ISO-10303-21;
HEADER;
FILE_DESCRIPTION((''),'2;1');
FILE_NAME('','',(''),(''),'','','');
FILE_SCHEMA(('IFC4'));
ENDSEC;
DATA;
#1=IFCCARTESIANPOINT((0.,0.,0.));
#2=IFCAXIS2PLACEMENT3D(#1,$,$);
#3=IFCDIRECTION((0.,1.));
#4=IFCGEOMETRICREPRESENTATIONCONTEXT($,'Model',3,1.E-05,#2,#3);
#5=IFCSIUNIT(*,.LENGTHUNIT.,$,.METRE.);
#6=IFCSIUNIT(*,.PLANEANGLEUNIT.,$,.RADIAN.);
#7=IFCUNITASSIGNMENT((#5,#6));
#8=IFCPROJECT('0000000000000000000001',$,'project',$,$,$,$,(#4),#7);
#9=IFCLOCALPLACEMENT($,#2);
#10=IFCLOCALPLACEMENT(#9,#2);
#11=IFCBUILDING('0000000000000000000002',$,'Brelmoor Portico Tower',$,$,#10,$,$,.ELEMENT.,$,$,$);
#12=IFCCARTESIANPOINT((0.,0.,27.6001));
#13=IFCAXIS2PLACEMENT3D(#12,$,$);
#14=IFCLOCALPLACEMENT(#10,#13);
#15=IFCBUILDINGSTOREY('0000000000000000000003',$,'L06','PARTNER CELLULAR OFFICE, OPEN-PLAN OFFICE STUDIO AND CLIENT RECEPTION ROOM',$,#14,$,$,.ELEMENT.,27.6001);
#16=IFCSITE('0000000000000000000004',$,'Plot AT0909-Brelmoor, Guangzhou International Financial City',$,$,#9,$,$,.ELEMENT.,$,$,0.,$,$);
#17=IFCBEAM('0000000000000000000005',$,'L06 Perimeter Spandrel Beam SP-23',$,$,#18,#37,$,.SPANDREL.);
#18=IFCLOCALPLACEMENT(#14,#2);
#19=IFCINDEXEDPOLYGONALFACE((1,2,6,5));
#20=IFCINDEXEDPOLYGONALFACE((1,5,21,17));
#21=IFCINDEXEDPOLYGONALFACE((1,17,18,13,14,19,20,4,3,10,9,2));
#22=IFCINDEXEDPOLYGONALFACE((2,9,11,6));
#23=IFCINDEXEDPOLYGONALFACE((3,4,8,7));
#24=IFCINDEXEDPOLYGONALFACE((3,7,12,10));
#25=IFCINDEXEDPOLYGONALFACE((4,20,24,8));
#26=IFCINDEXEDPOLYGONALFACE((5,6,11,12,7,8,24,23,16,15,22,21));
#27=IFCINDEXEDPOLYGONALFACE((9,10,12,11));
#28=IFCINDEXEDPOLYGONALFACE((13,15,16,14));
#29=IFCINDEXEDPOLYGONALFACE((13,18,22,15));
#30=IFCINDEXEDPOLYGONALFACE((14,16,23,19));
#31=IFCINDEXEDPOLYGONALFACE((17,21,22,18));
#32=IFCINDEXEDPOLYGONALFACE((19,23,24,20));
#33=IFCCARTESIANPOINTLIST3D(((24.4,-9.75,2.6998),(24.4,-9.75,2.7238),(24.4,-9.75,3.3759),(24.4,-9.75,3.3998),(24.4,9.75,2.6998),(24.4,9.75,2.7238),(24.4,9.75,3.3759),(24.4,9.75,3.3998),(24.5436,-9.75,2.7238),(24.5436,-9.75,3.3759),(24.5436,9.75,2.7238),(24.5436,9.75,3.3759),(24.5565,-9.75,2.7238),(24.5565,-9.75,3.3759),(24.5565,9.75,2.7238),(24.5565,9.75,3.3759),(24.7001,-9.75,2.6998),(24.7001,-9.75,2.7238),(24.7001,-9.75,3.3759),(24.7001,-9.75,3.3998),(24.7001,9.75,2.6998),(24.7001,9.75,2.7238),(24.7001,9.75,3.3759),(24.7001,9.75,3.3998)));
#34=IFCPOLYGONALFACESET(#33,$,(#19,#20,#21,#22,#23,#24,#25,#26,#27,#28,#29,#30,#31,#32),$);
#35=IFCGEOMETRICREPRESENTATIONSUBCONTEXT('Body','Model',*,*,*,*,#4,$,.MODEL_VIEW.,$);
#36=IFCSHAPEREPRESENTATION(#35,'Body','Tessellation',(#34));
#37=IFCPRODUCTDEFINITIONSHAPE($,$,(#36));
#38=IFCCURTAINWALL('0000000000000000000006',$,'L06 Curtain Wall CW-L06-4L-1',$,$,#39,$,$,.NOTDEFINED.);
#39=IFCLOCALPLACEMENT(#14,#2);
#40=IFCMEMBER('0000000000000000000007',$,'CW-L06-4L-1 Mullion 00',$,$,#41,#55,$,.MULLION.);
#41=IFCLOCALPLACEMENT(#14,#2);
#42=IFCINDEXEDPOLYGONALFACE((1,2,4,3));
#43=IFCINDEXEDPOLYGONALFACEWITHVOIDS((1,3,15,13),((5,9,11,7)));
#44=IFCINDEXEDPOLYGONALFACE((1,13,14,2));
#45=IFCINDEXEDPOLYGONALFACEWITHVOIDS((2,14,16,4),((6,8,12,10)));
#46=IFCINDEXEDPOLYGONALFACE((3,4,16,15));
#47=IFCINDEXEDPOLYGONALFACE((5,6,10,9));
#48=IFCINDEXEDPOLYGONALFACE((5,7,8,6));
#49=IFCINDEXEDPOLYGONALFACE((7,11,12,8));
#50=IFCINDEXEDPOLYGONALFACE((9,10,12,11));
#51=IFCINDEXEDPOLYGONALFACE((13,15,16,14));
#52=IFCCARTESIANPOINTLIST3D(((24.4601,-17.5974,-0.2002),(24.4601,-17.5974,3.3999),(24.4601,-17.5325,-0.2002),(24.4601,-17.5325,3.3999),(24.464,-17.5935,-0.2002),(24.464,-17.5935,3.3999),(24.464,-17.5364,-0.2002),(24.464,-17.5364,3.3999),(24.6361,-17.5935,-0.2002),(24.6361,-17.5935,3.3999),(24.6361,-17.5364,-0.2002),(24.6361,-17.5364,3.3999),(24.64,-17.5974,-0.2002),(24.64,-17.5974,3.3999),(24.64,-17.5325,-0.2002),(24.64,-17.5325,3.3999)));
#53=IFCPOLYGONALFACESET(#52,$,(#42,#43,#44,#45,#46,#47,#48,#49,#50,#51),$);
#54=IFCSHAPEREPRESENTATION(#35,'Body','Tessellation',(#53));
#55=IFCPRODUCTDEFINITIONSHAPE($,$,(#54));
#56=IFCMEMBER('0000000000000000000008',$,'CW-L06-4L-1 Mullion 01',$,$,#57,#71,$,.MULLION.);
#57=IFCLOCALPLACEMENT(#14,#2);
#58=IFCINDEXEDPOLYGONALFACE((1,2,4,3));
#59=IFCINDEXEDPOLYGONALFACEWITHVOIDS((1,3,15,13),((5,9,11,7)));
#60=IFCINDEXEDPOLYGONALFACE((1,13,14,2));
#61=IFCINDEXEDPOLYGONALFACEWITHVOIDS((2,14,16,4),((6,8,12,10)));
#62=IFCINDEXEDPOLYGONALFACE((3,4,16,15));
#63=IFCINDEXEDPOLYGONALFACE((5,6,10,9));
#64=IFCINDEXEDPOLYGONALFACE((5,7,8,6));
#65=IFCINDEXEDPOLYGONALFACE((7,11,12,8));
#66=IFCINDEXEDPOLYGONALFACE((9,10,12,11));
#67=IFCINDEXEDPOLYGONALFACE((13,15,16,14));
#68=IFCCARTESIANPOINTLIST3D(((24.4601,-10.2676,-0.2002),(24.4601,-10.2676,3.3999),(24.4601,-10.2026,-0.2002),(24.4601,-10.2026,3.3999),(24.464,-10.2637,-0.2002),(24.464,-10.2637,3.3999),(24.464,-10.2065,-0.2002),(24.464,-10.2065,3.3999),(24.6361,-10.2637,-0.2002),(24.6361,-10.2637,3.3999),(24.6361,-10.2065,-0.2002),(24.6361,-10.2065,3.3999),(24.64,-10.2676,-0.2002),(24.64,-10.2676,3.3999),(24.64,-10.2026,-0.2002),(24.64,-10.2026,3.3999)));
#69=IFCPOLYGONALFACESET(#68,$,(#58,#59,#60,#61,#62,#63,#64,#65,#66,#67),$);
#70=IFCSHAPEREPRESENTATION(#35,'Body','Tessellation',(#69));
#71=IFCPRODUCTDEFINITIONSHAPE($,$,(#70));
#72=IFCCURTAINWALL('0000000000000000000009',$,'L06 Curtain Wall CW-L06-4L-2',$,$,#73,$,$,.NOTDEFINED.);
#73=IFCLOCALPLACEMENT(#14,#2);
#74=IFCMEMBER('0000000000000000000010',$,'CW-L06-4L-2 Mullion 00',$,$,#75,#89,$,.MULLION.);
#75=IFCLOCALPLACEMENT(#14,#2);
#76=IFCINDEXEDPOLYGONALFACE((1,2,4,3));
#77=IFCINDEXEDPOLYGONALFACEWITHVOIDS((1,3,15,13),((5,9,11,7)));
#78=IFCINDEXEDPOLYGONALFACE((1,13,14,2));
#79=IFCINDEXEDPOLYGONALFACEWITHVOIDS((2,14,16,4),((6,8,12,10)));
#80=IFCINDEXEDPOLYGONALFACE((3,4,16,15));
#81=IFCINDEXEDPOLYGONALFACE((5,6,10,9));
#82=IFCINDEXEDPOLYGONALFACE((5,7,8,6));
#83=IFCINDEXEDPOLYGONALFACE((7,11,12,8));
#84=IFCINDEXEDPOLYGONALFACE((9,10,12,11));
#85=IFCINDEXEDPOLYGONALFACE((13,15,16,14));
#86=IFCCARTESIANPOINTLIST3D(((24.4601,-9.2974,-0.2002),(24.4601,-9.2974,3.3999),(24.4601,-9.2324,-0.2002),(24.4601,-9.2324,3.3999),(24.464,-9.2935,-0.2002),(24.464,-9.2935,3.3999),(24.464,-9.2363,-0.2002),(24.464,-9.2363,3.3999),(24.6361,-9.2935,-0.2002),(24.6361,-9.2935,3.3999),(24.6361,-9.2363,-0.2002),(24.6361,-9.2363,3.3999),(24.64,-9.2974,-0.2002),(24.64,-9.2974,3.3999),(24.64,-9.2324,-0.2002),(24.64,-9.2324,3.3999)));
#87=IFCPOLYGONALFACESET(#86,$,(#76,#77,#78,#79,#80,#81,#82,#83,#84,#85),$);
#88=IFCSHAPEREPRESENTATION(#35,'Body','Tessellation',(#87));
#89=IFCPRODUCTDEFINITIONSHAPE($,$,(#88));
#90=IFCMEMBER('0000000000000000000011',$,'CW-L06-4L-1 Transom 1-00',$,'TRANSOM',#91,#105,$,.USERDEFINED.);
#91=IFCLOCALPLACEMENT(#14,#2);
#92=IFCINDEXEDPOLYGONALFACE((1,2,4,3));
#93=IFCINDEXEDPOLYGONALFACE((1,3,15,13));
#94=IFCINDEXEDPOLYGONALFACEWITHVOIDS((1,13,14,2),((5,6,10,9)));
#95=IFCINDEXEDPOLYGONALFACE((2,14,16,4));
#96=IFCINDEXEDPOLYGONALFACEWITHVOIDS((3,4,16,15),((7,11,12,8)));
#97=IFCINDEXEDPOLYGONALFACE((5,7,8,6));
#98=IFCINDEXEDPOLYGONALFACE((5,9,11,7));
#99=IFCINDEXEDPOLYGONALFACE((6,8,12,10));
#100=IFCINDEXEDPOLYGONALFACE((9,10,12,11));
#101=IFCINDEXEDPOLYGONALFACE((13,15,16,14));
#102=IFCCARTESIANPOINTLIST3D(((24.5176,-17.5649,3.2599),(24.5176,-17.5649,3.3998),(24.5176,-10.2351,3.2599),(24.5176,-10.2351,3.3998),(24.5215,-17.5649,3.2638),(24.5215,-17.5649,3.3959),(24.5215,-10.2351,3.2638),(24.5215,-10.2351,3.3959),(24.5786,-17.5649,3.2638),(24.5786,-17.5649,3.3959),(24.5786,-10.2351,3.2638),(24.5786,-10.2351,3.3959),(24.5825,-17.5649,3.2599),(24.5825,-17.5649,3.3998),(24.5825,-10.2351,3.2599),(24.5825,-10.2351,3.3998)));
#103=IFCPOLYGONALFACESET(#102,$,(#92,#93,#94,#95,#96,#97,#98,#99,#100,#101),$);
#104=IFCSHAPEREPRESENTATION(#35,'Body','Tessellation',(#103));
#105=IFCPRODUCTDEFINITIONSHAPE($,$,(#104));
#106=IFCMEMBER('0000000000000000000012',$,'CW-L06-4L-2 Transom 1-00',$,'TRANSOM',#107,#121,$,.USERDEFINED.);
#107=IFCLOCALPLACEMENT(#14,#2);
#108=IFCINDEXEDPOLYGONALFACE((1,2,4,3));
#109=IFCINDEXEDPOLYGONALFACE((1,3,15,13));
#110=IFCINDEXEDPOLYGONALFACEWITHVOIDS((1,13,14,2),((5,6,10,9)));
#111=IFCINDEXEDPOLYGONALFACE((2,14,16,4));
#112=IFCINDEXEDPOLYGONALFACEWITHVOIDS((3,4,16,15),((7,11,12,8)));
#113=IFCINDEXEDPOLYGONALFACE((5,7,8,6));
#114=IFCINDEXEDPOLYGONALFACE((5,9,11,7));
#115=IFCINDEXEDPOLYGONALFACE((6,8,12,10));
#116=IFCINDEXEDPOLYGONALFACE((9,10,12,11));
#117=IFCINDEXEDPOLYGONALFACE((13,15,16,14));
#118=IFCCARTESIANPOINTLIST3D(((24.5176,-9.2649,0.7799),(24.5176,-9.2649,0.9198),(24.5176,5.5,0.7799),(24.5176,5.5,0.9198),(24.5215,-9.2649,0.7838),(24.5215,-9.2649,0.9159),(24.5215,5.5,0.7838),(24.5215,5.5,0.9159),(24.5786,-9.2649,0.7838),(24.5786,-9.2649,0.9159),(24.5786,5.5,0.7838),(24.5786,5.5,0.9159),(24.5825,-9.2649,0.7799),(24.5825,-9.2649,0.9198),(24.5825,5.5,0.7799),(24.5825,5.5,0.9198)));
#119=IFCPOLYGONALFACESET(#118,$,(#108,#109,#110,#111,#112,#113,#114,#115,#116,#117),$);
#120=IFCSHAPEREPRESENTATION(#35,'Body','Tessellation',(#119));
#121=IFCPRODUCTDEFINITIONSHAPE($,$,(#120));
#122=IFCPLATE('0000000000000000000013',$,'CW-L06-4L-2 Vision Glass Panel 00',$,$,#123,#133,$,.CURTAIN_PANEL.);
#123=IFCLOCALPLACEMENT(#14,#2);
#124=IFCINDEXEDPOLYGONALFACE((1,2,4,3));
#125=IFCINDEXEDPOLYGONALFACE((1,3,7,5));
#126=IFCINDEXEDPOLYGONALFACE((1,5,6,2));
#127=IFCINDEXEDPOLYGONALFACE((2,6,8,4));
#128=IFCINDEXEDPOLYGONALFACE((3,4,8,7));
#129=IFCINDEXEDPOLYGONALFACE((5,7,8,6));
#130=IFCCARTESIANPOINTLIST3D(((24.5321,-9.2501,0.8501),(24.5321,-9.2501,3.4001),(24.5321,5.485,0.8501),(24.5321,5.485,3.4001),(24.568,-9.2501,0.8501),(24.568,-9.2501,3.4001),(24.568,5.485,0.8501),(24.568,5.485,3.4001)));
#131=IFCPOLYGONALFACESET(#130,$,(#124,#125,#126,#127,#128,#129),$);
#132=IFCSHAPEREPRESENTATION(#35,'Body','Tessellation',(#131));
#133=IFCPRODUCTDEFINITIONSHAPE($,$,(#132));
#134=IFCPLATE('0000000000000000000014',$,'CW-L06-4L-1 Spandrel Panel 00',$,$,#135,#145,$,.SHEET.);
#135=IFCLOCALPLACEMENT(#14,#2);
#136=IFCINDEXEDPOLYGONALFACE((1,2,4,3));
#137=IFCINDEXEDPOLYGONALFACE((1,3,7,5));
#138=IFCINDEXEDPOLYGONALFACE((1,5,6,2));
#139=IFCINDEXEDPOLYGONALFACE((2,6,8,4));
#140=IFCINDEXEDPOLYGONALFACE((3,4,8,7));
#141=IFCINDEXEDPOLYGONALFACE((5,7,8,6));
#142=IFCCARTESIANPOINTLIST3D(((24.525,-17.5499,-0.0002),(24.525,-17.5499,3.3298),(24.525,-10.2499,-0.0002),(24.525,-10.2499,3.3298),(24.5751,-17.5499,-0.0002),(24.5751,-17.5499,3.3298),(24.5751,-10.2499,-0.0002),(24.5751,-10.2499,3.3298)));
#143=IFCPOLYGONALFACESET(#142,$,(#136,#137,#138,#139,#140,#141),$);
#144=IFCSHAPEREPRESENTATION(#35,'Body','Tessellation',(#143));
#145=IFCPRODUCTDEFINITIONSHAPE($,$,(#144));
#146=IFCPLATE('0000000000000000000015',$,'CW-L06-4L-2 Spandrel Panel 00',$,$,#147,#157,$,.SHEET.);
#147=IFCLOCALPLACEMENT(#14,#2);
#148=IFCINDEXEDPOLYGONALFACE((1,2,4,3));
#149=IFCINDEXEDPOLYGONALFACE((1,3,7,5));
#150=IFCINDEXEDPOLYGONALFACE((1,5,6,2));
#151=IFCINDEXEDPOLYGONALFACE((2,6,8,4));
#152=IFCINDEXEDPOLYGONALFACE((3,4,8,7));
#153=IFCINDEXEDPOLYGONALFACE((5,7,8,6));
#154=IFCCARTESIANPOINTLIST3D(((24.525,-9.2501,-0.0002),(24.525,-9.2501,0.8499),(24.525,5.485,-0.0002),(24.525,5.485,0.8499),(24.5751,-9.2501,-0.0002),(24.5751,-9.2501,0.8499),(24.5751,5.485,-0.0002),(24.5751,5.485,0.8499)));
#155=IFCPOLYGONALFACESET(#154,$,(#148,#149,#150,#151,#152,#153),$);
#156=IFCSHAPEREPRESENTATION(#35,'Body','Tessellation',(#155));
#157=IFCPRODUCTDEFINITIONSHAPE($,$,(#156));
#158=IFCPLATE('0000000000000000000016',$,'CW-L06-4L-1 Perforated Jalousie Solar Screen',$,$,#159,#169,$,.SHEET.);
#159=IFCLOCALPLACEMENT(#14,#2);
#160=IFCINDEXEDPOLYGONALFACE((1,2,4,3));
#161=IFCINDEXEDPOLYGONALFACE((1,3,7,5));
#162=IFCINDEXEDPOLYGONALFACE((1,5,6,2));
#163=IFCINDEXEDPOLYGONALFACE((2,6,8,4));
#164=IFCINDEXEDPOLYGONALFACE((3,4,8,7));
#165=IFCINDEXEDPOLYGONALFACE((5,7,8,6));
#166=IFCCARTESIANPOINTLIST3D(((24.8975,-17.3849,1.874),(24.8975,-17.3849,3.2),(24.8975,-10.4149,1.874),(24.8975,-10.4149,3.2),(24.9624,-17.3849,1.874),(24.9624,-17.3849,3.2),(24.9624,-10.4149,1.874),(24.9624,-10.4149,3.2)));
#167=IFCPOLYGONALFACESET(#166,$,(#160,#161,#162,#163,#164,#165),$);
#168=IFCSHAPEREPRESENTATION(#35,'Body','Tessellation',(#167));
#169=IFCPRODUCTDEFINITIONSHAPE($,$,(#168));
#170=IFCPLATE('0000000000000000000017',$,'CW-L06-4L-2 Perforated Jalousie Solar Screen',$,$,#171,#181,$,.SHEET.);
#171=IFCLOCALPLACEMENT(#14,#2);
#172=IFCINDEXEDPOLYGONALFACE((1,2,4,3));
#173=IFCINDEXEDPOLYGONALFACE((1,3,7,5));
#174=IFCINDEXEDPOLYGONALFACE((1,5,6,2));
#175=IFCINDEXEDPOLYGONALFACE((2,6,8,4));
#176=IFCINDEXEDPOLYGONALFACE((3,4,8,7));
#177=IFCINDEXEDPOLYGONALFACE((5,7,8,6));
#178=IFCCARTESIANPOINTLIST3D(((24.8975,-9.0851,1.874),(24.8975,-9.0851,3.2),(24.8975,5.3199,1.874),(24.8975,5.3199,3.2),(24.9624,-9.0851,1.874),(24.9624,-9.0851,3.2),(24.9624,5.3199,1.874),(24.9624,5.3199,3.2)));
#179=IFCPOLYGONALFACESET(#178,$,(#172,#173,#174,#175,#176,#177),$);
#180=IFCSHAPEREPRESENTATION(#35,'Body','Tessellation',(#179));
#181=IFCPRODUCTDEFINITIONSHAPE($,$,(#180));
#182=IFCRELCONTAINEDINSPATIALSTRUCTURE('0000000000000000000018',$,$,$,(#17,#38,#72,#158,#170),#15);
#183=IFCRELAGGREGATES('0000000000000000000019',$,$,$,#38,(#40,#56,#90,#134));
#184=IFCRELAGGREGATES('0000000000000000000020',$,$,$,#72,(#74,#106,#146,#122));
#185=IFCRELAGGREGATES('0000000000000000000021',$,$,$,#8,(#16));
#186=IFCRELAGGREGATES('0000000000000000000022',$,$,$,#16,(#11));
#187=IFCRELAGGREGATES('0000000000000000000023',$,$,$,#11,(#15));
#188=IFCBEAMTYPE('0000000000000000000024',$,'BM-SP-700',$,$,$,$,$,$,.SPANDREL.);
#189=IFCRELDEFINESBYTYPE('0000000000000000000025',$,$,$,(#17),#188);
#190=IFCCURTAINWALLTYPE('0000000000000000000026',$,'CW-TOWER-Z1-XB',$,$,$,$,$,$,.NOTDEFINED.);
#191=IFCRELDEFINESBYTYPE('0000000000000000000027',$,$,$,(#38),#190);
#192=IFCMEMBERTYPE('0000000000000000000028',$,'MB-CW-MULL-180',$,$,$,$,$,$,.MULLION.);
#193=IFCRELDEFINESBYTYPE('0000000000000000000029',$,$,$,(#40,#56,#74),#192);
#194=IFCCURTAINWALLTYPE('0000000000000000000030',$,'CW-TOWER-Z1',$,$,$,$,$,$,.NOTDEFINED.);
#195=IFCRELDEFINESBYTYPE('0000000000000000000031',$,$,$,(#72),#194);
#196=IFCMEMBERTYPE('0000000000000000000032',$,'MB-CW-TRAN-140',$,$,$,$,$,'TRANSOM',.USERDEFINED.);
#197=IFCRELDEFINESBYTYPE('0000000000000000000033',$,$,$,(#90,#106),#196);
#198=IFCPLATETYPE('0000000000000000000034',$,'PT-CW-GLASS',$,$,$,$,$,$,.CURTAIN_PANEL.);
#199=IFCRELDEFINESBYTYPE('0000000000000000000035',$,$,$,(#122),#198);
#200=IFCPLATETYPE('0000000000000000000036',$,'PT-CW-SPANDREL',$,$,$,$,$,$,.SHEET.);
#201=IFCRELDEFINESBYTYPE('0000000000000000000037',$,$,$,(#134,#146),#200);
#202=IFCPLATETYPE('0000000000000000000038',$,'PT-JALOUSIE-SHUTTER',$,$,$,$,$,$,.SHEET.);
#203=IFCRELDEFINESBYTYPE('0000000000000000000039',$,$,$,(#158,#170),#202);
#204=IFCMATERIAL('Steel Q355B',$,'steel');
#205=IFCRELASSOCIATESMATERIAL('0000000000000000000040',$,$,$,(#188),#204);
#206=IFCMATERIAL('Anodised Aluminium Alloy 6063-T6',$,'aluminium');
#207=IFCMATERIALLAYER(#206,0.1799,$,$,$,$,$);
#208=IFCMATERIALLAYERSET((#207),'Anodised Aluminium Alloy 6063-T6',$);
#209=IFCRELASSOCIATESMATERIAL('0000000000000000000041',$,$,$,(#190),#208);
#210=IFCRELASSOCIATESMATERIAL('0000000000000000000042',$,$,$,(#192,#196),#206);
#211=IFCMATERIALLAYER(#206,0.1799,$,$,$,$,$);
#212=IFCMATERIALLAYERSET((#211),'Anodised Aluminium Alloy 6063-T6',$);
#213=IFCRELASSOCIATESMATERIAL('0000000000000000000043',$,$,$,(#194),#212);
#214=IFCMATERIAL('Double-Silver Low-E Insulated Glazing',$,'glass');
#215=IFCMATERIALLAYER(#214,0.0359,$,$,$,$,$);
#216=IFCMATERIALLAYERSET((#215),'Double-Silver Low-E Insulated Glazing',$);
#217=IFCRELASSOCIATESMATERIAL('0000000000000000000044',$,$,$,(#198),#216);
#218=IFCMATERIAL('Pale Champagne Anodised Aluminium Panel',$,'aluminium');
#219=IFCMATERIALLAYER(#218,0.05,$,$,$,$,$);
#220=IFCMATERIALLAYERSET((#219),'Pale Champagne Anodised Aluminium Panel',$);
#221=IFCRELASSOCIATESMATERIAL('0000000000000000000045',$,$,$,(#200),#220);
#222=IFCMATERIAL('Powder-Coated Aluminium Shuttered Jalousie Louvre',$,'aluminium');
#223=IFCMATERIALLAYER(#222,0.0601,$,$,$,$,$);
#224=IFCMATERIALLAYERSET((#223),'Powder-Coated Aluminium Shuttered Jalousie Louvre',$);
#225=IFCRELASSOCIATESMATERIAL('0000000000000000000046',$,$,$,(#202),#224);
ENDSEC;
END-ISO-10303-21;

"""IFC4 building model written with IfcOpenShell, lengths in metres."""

from ifc_helpers import new_model, si_unit, direction, frame, origin, origin_2d, place, context, subcontext, project, spatial, rectangle, hollow_rectangle, i_section, extrude, material, layer, layer_set, material_profile, profile_set, type_object, element, aggregate, save


model = new_model("IFC4")

# Units and contexts
model_context = context("Model", 3, precision=1e-05, world=origin(), true_north=direction((0.0, 1.0)))
body_context = subcontext(model_context, "Body", "Model", "MODEL_VIEW")
ifc_project = project(units=[si_unit("LENGTHUNIT", "METRE"), si_unit("PLANEANGLEUNIT", "RADIAN")], contexts=[model_context])

# Site, building, storey
site_placement = place(None, origin())
site = spatial("IfcSite", under=ifc_project, at=site_placement, Name="Plot AT0909-Brelmoor, Guangzhou International Financial City", CompositionType="ELEMENT", RefElevation=0.0)
building_placement = place(site_placement, origin())
building = spatial("IfcBuilding", under=site, at=building_placement, Name="Brelmoor Portico Tower", CompositionType="ELEMENT")
storey_placement = place(building_placement, frame((0.0, 0.0, 27.6001)))
storey = spatial("IfcBuildingStorey", under=building, at=storey_placement, Name="L06", Description="PARTNER CELLULAR OFFICE, OPEN-PLAN OFFICE STUDIO AND CLIENT RECEPTION ROOM", CompositionType="ELEMENT", Elevation=27.6001)

# Beam
ifc_material_1 = material(Name="Steel Q355B", Category="steel")
ifc_material_profile_1 = material_profile(ifc_material_1, i_section(OverallWidth=0.3, OverallDepth=0.7, WebThickness=0.0129, FlangeThickness=0.0239, at=origin_2d()), Name="HN 700x300x13x24")
ifc_profile_set_1 = profile_set([ifc_material_profile_1], Name="Steel Q355B")
beam_type_1 = type_object("IfcBeamType", Name="BM-SP-700", PredefinedType="SPANDREL", material=ifc_profile_set_1)
beam_1_placement = place(storey_placement, frame((24.55, -9.75, 3.0498), z_axis=(0.0, 1.0, 0.0), x_axis=(-1.0, 0.0, 0.0)))
element("IfcBeam", 1, at=beam_1_placement, inside=storey, type_object=beam_type_1, Name="L06 Perimeter Spandrel Beam SP-23", PredefinedType="SPANDREL", context=body_context, shape_type="SweptSolid", body=[
    extrude(i_section(OverallWidth=0.3, OverallDepth=0.7, WebThickness=0.0129, FlangeThickness=0.0239, at=origin_2d()), origin(), (0.0, 0.0, 1.0), 19.5),
])

# Curtain wall, members
ifc_material_2 = material(Name="Anodised Aluminium Alloy 6063-T6", Category="aluminium")
ifc_layer_1 = layer(ifc_material_2, 0.1799)
ifc_layer_set_1 = layer_set([ifc_layer_1], Name="Anodised Aluminium Alloy 6063-T6")
curtain_wall_type_1 = type_object("IfcCurtainWallType", Name="CW-TOWER-Z1-XB", PredefinedType="NOTDEFINED", material=ifc_layer_set_1)
curtain_wall_1_placement = place(storey_placement, origin())
curtain_wall_1 = element("IfcCurtainWall", 2, at=curtain_wall_1_placement, inside=storey, type_object=curtain_wall_type_1, Name="L06 Curtain Wall CW-L06-4L-1", PredefinedType="NOTDEFINED")
ifc_material_profile_2 = material_profile(ifc_material_2, hollow_rectangle(XDim=0.0649, YDim=0.1799, WallThickness=0.0039, at=origin_2d()), Name="ALU MULLION 65x180")
ifc_profile_set_2 = profile_set([ifc_material_profile_2], Name="Anodised Aluminium Alloy 6063-T6")
member_type_1 = type_object("IfcMemberType", Name="MB-CW-MULL-180", PredefinedType="MULLION", material=ifc_profile_set_2)
member_1_placement = place(storey_placement, frame((24.55, -17.5649, -0.2002), z_axis=(0.0, 0.0, 1.0), x_axis=(0.0, 1.0, 0.0)))
member_1 = element("IfcMember", 3, at=member_1_placement, type_object=member_type_1, Name="CW-L06-4L-1 Mullion 00", PredefinedType="MULLION", context=body_context, shape_type="SweptSolid", body=[
    extrude(hollow_rectangle(XDim=0.0649, YDim=0.1799, WallThickness=0.0039, at=origin_2d()), origin(), (0.0, 0.0, 1.0), 3.6001),
])
member_2_placement = place(storey_placement, frame((24.55, -10.2351, -0.2002), z_axis=(0.0, 0.0, 1.0), x_axis=(0.0, 1.0, 0.0)))
member_2 = element("IfcMember", 4, at=member_2_placement, type_object=member_type_1, Name="CW-L06-4L-1 Mullion 01", PredefinedType="MULLION", context=body_context, shape_type="SweptSolid", body=[
    extrude(hollow_rectangle(XDim=0.0649, YDim=0.1799, WallThickness=0.0039, at=origin_2d()), origin(), (0.0, 0.0, 1.0), 3.6001),
])

# Curtain wall, member
ifc_layer_2 = layer(ifc_material_2, 0.1799)
ifc_layer_set_2 = layer_set([ifc_layer_2], Name="Anodised Aluminium Alloy 6063-T6")
curtain_wall_type_2 = type_object("IfcCurtainWallType", Name="CW-TOWER-Z1", PredefinedType="NOTDEFINED", material=ifc_layer_set_2)
curtain_wall_2_placement = place(storey_placement, origin())
curtain_wall_2 = element("IfcCurtainWall", 5, at=curtain_wall_2_placement, inside=storey, type_object=curtain_wall_type_2, Name="L06 Curtain Wall CW-L06-4L-2", PredefinedType="NOTDEFINED")
member_3_placement = place(storey_placement, frame((24.55, -9.2649, -0.2002), z_axis=(0.0, 0.0, 1.0), x_axis=(0.0, 1.0, 0.0)))
member_3 = element("IfcMember", 6, at=member_3_placement, type_object=member_type_1, Name="CW-L06-4L-2 Mullion 00", PredefinedType="MULLION", context=body_context, shape_type="SweptSolid", body=[
    extrude(hollow_rectangle(XDim=0.0649, YDim=0.1799, WallThickness=0.0039, at=origin_2d()), origin(), (0.0, 0.0, 1.0), 3.6001),
])

# Members
ifc_material_profile_3 = material_profile(ifc_material_2, hollow_rectangle(XDim=0.0649, YDim=0.1399, WallThickness=0.0039, at=origin_2d()), Name="ALU TRANSOM 65x140")
ifc_profile_set_3 = profile_set([ifc_material_profile_3], Name="Anodised Aluminium Alloy 6063-T6")
member_type_2 = type_object("IfcMemberType", Name="MB-CW-TRAN-140", ElementType="TRANSOM", PredefinedType="USERDEFINED", material=ifc_profile_set_3)
member_4_placement = place(storey_placement, frame((24.55, -17.5649, 3.3298), z_axis=(0.0, 1.0, 0.0), x_axis=(-1.0, 0.0, 0.0)))
member_4 = element("IfcMember", 7, at=member_4_placement, type_object=member_type_2, Name="CW-L06-4L-1 Transom 1-00", ObjectType="TRANSOM", PredefinedType="USERDEFINED", context=body_context, shape_type="SweptSolid", body=[
    extrude(hollow_rectangle(XDim=0.0649, YDim=0.1399, WallThickness=0.0039, at=origin_2d()), origin(), (0.0, 0.0, 1.0), 7.3298),
])
member_5_placement = place(storey_placement, frame((24.55, -9.2649, 0.8499), z_axis=(0.0, 1.0, 0.0), x_axis=(-1.0, 0.0, 0.0)))
member_5 = element("IfcMember", 8, at=member_5_placement, type_object=member_type_2, Name="CW-L06-4L-2 Transom 1-00", ObjectType="TRANSOM", PredefinedType="USERDEFINED", context=body_context, shape_type="SweptSolid", body=[
    extrude(hollow_rectangle(XDim=0.0649, YDim=0.1399, WallThickness=0.0039, at=origin_2d()), origin(), (0.0, 0.0, 1.0), 14.7649),
])

# Plates
ifc_material_3 = material(Name="Double-Silver Low-E Insulated Glazing", Category="glass")
ifc_layer_3 = layer(ifc_material_3, 0.0359)
ifc_layer_set_3 = layer_set([ifc_layer_3], Name="Double-Silver Low-E Insulated Glazing")
plate_type_1 = type_object("IfcPlateType", Name="PT-CW-GLASS", PredefinedType="CURTAIN_PANEL", material=ifc_layer_set_3)
plate_1_placement = place(storey_placement, frame((24.55, -1.8826, 0.8501), z_axis=(0.0, 0.0, 1.0), x_axis=(0.0, 1.0, 0.0)))
plate_1 = element("IfcPlate", 9, at=plate_1_placement, type_object=plate_type_1, Name="CW-L06-4L-2 Vision Glass Panel 00", PredefinedType="CURTAIN_PANEL", context=body_context, shape_type="SweptSolid", body=[
    extrude(rectangle(XDim=14.7351, YDim=0.0359, at=origin_2d()), origin(), (0.0, 0.0, 1.0), 2.55),
])
ifc_material_4 = material(Name="Pale Champagne Anodised Aluminium Panel", Category="aluminium")
ifc_layer_4 = layer(ifc_material_4, 0.05)
ifc_layer_set_4 = layer_set([ifc_layer_4], Name="Pale Champagne Anodised Aluminium Panel")
plate_type_2 = type_object("IfcPlateType", Name="PT-CW-SPANDREL", PredefinedType="SHEET", material=ifc_layer_set_4)
plate_2_placement = place(storey_placement, frame((24.55, -13.8999, -0.0002), z_axis=(0.0, 0.0, 1.0), x_axis=(0.0, 1.0, 0.0)))
plate_2 = element("IfcPlate", 10, at=plate_2_placement, type_object=plate_type_2, Name="CW-L06-4L-1 Spandrel Panel 00", PredefinedType="SHEET", context=body_context, shape_type="SweptSolid", body=[
    extrude(rectangle(XDim=7.3, YDim=0.05, at=origin_2d()), origin(), (0.0, 0.0, 1.0), 3.3301),
])
aggregate(curtain_wall_1, [member_1, member_2, member_4, plate_2])
plate_3_placement = place(storey_placement, frame((24.55, -1.8826, -0.0002), z_axis=(0.0, 0.0, 1.0), x_axis=(0.0, 1.0, 0.0)))
plate_3 = element("IfcPlate", 11, at=plate_3_placement, type_object=plate_type_2, Name="CW-L06-4L-2 Spandrel Panel 00", PredefinedType="SHEET", context=body_context, shape_type="SweptSolid", body=[
    extrude(rectangle(XDim=14.7351, YDim=0.05, at=origin_2d()), origin(), (0.0, 0.0, 1.0), 0.8501),
])
aggregate(curtain_wall_2, [member_3, member_5, plate_3, plate_1])

# Plates
ifc_material_5 = material(Name="Powder-Coated Aluminium Shuttered Jalousie Louvre", Category="aluminium")
ifc_layer_5 = layer(ifc_material_5, 0.0601)
ifc_layer_set_5 = layer_set([ifc_layer_5], Name="Powder-Coated Aluminium Shuttered Jalousie Louvre")
plate_type_3 = type_object("IfcPlateType", Name="PT-JALOUSIE-SHUTTER", PredefinedType="SHEET", material=ifc_layer_set_5)
plate_4_placement = place(storey_placement, frame((24.9299, -13.8999, 1.874), z_axis=(0.0, 0.0, 1.0), x_axis=(0.0, 1.0, 0.0)))
element("IfcPlate", 12, at=plate_4_placement, inside=storey, type_object=plate_type_3, Name="CW-L06-4L-1 Perforated Jalousie Solar Screen", PredefinedType="SHEET", context=body_context, shape_type="SweptSolid", body=[
    extrude(rectangle(XDim=6.97, YDim=0.0649, at=origin_2d()), origin(), (0.0, 0.0, 1.0), 1.3259),
])
plate_5_placement = place(storey_placement, frame((24.9299, -1.8826, 1.874), z_axis=(0.0, 0.0, 1.0), x_axis=(0.0, 1.0, 0.0)))
element("IfcPlate", 13, at=plate_5_placement, inside=storey, type_object=plate_type_3, Name="CW-L06-4L-2 Perforated Jalousie Solar Screen", PredefinedType="SHEET", context=body_context, shape_type="SweptSolid", body=[
    extrude(rectangle(XDim=14.405, YDim=0.0649, at=origin_2d()), origin(), (0.0, 0.0, 1.0), 1.3259),
])

save(model, "model.ifc")
